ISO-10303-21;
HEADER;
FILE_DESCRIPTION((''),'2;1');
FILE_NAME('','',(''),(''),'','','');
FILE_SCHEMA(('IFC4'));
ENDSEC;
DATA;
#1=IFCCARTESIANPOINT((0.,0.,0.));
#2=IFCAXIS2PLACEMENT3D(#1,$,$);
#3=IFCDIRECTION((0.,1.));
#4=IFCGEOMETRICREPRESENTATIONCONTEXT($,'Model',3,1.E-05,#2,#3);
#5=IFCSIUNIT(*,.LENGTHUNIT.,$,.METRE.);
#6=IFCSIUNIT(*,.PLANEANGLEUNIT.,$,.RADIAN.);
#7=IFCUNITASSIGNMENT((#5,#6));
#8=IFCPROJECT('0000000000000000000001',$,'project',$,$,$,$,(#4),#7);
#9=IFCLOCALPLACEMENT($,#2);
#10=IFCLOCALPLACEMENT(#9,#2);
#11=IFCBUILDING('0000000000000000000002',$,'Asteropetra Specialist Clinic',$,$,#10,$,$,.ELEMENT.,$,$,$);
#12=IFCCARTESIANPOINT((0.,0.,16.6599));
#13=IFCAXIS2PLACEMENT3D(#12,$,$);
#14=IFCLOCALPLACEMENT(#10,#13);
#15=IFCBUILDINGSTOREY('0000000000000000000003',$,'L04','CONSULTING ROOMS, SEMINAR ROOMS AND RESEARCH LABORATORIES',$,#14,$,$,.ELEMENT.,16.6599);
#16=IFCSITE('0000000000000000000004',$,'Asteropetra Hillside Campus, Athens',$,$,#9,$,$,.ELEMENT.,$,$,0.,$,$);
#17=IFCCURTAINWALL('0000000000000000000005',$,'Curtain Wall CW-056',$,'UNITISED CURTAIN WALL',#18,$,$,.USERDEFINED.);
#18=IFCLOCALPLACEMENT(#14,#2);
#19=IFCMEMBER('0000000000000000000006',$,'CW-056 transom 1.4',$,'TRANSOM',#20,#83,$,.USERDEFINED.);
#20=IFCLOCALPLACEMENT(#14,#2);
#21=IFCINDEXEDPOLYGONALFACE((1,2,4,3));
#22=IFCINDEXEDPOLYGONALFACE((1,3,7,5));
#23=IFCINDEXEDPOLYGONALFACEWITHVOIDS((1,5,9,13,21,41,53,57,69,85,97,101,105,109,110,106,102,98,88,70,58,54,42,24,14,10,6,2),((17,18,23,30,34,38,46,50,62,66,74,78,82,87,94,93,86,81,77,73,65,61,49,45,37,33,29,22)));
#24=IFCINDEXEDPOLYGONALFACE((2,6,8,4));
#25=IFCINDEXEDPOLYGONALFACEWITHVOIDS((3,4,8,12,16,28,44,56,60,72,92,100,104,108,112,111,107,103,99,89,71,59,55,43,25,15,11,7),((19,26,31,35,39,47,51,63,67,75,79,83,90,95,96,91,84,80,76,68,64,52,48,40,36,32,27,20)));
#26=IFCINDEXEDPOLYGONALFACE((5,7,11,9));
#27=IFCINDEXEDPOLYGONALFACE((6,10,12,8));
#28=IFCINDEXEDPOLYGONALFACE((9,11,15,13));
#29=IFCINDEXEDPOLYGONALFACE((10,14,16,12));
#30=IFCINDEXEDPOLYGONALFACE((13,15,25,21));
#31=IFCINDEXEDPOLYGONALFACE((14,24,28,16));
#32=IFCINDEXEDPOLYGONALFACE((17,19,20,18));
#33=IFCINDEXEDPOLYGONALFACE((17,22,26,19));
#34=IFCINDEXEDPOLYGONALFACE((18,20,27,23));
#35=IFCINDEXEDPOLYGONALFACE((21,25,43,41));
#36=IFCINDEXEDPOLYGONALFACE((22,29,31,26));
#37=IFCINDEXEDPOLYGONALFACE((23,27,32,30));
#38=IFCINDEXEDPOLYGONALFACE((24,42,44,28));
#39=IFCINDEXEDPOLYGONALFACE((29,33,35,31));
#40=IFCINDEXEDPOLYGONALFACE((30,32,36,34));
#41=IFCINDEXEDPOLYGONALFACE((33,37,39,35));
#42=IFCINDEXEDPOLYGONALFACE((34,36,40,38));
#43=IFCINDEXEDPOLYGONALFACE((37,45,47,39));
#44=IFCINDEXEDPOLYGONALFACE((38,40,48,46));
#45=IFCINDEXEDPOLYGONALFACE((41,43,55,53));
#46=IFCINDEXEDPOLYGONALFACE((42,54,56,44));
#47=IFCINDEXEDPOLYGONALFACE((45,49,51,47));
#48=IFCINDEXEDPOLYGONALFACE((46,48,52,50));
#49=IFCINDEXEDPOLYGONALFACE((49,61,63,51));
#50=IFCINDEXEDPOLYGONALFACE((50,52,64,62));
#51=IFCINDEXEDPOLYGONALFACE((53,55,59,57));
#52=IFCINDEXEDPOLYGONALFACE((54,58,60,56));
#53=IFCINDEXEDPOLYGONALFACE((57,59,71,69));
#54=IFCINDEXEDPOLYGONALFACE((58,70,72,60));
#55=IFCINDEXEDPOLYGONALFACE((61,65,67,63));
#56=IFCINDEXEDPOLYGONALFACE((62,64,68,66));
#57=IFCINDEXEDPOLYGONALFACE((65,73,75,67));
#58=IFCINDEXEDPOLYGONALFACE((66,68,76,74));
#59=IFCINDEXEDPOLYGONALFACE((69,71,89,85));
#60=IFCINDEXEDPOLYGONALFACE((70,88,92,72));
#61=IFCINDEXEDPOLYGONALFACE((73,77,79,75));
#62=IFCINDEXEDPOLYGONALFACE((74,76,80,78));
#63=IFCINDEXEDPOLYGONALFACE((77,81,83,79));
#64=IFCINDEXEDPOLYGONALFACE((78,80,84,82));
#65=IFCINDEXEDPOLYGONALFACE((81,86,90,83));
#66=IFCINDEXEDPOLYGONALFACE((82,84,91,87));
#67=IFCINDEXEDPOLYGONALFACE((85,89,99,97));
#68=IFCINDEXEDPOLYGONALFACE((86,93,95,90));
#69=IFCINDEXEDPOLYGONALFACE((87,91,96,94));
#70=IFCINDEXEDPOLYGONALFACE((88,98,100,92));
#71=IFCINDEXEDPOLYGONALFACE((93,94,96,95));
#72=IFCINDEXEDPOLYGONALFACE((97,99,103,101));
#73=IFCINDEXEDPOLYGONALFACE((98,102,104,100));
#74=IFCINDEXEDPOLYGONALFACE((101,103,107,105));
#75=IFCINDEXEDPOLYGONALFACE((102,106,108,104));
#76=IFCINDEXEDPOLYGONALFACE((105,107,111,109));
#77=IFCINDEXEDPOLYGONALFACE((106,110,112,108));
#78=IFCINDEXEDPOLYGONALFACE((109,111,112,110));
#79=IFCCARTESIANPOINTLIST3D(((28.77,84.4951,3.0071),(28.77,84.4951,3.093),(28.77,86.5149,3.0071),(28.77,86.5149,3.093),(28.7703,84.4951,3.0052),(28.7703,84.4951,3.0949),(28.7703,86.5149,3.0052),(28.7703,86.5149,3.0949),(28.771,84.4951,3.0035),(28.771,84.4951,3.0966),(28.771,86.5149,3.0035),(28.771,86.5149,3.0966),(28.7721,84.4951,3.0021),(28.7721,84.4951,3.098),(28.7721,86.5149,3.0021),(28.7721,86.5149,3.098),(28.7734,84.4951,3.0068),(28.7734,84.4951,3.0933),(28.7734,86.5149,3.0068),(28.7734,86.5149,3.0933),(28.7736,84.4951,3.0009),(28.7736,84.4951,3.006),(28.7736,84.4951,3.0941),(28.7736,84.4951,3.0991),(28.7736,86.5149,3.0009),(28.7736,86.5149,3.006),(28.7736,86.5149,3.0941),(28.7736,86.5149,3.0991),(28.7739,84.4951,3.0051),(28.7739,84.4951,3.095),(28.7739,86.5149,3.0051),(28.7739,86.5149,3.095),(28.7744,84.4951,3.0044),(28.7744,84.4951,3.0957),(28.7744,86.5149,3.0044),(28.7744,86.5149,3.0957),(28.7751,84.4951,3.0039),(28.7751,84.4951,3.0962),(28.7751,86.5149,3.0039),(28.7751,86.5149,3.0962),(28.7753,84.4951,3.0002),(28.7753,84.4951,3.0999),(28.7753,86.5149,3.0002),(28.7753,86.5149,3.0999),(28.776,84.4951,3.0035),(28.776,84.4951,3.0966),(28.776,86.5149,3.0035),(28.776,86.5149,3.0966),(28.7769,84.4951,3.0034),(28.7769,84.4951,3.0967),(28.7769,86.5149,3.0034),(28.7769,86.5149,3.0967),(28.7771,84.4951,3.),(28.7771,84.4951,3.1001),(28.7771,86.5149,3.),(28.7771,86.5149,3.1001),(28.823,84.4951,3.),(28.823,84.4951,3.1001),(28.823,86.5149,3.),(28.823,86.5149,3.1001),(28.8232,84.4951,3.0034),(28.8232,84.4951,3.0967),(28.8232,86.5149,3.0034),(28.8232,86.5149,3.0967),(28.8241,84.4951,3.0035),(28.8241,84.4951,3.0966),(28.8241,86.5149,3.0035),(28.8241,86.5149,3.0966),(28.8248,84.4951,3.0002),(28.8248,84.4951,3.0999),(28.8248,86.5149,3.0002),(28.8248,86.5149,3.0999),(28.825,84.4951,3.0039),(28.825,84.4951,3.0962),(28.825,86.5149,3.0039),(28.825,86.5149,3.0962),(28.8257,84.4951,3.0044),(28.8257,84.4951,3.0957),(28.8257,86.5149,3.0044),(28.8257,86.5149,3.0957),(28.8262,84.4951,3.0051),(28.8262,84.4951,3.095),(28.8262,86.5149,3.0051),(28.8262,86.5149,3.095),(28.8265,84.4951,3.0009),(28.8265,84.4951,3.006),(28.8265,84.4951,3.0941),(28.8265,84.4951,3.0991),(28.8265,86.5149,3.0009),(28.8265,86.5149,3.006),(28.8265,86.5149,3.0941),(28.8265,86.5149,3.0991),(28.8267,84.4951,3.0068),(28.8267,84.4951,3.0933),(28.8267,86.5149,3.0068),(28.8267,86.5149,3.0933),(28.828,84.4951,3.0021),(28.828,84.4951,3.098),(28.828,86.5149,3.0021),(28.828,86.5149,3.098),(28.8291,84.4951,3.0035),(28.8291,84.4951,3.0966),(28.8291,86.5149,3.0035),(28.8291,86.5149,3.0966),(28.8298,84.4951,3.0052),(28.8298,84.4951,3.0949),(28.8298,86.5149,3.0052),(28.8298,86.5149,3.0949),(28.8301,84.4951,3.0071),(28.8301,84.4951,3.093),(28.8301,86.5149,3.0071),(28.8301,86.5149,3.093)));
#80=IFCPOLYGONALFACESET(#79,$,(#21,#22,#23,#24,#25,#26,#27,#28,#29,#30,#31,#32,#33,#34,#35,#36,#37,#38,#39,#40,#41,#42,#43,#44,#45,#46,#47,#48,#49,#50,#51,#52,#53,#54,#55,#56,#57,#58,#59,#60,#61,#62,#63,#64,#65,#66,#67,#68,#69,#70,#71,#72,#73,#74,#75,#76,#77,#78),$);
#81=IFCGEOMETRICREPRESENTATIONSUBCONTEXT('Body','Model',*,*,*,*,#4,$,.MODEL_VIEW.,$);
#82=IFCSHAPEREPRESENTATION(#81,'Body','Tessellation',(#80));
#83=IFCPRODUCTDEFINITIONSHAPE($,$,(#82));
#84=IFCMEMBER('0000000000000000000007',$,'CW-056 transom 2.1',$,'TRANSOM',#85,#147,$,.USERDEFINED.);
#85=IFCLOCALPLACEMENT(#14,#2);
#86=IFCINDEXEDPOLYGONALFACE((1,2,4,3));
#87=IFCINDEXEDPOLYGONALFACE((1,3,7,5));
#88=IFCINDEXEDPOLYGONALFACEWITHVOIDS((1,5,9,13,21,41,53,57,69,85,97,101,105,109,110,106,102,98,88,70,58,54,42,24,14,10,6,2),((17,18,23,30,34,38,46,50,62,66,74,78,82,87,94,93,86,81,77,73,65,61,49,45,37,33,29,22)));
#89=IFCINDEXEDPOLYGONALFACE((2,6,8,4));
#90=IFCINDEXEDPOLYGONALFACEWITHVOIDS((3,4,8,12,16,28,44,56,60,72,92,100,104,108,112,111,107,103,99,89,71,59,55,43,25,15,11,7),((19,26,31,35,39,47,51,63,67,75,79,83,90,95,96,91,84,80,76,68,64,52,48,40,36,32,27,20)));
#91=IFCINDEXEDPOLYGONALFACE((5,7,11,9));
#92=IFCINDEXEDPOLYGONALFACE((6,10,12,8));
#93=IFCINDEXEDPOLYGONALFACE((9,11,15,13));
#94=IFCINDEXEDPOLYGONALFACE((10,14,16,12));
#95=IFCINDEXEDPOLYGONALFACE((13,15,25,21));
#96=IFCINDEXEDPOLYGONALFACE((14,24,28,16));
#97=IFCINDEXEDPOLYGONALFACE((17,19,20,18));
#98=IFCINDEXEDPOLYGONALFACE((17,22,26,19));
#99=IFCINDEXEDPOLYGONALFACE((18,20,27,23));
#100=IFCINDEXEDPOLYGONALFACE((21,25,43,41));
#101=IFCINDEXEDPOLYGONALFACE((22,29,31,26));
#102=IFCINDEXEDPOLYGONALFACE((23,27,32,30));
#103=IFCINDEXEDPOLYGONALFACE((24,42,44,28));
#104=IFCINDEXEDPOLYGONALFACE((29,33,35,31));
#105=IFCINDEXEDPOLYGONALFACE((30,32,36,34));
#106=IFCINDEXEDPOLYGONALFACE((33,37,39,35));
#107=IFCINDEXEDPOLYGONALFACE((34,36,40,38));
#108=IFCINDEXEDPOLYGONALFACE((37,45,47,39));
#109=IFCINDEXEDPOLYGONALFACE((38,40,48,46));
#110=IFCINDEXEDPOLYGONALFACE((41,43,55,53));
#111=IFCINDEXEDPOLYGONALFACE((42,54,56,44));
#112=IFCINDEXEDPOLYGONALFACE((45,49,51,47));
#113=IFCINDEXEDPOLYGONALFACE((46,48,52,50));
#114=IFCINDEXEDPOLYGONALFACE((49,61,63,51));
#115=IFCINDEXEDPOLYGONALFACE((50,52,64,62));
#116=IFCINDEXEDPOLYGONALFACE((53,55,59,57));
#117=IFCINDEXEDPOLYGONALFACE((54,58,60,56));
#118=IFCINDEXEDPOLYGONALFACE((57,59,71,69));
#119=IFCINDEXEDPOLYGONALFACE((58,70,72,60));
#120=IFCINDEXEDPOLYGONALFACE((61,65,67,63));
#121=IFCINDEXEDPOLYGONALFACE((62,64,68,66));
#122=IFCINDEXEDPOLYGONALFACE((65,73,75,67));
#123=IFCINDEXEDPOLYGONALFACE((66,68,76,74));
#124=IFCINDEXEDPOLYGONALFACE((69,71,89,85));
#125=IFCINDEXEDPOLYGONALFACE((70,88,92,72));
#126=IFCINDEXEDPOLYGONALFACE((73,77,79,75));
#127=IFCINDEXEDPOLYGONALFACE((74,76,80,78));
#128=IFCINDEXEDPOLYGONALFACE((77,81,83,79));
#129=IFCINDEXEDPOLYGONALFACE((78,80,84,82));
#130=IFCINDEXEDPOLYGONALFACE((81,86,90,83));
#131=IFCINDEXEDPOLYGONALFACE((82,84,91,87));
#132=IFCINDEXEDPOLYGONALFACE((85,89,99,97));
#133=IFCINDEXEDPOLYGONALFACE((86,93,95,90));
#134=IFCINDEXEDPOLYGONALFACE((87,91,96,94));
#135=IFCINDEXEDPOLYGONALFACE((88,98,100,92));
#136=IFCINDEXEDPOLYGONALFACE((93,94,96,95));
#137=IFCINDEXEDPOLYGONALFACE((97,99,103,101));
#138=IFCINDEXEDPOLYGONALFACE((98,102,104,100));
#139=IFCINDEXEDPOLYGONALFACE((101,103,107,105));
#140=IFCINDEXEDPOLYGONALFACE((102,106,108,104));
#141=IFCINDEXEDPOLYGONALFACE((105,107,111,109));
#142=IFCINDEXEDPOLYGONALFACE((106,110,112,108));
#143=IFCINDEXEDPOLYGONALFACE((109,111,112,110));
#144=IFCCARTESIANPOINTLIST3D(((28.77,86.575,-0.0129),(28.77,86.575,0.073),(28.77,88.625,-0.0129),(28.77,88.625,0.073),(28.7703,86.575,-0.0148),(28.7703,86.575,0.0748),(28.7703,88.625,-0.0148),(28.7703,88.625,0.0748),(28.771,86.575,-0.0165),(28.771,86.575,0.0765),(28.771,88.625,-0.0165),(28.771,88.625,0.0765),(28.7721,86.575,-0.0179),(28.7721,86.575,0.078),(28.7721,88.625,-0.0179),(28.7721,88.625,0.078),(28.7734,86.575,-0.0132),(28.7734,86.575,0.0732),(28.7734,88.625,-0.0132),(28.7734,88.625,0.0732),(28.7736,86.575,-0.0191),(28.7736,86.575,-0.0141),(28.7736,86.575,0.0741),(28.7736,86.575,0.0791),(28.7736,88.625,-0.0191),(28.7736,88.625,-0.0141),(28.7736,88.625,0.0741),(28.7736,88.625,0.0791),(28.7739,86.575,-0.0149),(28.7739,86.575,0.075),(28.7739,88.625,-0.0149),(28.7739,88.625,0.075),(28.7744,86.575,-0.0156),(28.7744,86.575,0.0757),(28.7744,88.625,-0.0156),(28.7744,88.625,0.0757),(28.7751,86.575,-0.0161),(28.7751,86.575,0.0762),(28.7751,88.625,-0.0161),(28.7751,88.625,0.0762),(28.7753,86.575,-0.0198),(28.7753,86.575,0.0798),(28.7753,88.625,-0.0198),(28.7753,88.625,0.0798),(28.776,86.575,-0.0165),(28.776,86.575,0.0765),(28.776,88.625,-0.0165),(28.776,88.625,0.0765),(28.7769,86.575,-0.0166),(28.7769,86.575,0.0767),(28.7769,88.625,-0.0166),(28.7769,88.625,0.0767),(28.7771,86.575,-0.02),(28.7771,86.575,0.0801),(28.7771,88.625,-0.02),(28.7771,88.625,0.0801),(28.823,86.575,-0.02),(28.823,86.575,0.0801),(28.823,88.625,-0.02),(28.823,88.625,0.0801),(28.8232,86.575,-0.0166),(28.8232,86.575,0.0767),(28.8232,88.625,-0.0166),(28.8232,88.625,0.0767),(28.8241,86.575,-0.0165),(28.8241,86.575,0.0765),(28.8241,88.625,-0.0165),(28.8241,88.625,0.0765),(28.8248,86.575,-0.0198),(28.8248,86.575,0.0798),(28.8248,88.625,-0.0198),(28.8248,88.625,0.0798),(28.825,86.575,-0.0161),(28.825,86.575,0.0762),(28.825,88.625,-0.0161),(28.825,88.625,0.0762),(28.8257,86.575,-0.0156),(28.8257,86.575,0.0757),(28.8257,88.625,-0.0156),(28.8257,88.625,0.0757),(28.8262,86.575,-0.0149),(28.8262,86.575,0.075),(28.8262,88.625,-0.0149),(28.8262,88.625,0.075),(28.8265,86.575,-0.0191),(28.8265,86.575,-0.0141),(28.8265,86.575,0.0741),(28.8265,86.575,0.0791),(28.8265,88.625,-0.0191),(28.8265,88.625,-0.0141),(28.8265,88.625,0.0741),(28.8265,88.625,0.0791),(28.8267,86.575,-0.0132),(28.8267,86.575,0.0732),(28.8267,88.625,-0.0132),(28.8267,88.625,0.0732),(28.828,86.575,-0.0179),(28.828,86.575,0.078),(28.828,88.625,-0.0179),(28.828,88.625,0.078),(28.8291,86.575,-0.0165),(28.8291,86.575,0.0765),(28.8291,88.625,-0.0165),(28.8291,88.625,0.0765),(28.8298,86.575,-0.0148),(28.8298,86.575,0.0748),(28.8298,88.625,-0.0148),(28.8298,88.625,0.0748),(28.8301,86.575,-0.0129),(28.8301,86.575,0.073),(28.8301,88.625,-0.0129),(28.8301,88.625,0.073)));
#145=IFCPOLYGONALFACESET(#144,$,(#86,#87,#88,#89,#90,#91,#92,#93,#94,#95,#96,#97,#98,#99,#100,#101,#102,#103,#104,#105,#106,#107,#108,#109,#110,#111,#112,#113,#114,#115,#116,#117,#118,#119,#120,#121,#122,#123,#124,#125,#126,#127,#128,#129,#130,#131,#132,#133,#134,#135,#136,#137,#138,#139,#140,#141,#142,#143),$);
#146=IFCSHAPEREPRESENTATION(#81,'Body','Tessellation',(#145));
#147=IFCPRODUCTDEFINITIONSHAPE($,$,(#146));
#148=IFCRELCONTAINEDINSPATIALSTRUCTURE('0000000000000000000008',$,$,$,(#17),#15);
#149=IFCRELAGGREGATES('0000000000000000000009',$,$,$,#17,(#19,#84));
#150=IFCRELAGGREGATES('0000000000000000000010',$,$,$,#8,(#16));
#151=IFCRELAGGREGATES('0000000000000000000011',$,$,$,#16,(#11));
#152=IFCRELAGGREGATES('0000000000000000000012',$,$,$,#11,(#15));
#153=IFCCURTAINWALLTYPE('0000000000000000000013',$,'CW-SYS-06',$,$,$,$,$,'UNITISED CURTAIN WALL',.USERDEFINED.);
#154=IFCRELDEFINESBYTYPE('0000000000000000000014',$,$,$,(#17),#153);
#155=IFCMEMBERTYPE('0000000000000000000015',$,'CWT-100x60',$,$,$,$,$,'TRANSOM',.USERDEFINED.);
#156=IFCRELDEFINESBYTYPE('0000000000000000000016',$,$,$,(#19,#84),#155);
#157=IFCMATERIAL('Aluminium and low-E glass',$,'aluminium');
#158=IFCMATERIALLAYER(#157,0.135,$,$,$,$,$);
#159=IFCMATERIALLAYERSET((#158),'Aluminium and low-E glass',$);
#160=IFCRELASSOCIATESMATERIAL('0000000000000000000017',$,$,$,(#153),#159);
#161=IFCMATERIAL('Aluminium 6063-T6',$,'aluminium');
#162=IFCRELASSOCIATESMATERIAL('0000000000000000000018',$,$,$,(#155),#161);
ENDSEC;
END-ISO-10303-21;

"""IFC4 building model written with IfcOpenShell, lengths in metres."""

from ifc_helpers import new_model, si_unit, direction, frame, origin, origin_2d, place, context, subcontext, project, spatial, hollow_rectangle, extrude, material, layer, layer_set, material_profile, profile_set, type_object, element, aggregate, save


model = new_model("IFC4")

# Units and contexts
model_context = context("Model", 3, precision=1e-05, world=origin(), true_north=direction((0.0, 1.0)))
body_context = subcontext(model_context, "Body", "Model", "MODEL_VIEW")
ifc_project = project(units=[si_unit("LENGTHUNIT", "METRE"), si_unit("PLANEANGLEUNIT", "RADIAN")], contexts=[model_context])

# Site, building, storey
site_placement = place(None, origin())
site = spatial("IfcSite", under=ifc_project, at=site_placement, Name="Asteropetra Hillside Campus, Athens", CompositionType="ELEMENT", RefElevation=0.0)
building_placement = place(site_placement, origin())
building = spatial("IfcBuilding", under=site, at=building_placement, Name="Asteropetra Specialist Clinic", CompositionType="ELEMENT")
storey_placement = place(building_placement, frame((0.0, 0.0, 16.6599)))
storey = spatial("IfcBuildingStorey", under=building, at=storey_placement, Name="L04", Description="CONSULTING ROOMS, SEMINAR ROOMS AND RESEARCH LABORATORIES", CompositionType="ELEMENT", Elevation=16.6599)

# Curtain wall, members
ifc_material_1 = material(Name="Aluminium and low-E glass", Category="aluminium")
ifc_layer_1 = layer(ifc_material_1, 0.135)
ifc_layer_set_1 = layer_set([ifc_layer_1], Name="Aluminium and low-E glass")
curtain_wall_type = type_object("IfcCurtainWallType", Name="CW-SYS-06", ElementType="UNITISED CURTAIN WALL", PredefinedType="USERDEFINED", material=ifc_layer_set_1)
curtain_wall_placement = place(storey_placement, origin())
curtain_wall = element("IfcCurtainWall", 1, at=curtain_wall_placement, inside=storey, type_object=curtain_wall_type, Name="Curtain Wall CW-056", ObjectType="UNITISED CURTAIN WALL", PredefinedType="USERDEFINED")
ifc_material_2 = material(Name="Aluminium 6063-T6", Category="aluminium")
ifc_material_profile_1 = material_profile(ifc_material_2, hollow_rectangle(XDim=0.0601, YDim=0.1001, WallThickness=0.0034, InnerFilletRadius=0.0034, OuterFilletRadius=0.0071, at=origin_2d()), Name="TRN 100x60x3.5")
ifc_profile_set_1 = profile_set([ifc_material_profile_1], Name="Aluminium 6063-T6")
member_type_1 = type_object("IfcMemberType", Name="CWT-100x60", ElementType="TRANSOM", PredefinedType="USERDEFINED", material=ifc_profile_set_1)
member_1_placement = place(storey_placement, frame((28.8, 84.4951, 3.05), z_axis=(0.0, 1.0, 0.0), x_axis=(-1.0, 0.0, 0.0)))
member_1 = element("IfcMember", 2, at=member_1_placement, type_object=member_type_1, Name="CW-056 transom 1.4", ObjectType="TRANSOM", PredefinedType="USERDEFINED", context=body_context, shape_type="SweptSolid", body=[
    extrude(hollow_rectangle(XDim=0.0601, YDim=0.1001, WallThickness=0.0034, InnerFilletRadius=0.0034, OuterFilletRadius=0.0071, at=origin_2d()), origin(), (0.0, 0.0, 1.0), 2.0198),
])
member_2_placement = place(storey_placement, frame((28.8, 86.575, 0.03), z_axis=(0.0, 1.0, 0.0), x_axis=(-1.0, 0.0, 0.0)))
member_2 = element("IfcMember", 3, at=member_2_placement, type_object=member_type_1, Name="CW-056 transom 2.1", ObjectType="TRANSOM", PredefinedType="USERDEFINED", context=body_context, shape_type="SweptSolid", body=[
    extrude(hollow_rectangle(XDim=0.0601, YDim=0.1001, WallThickness=0.0034, InnerFilletRadius=0.0034, OuterFilletRadius=0.0071, at=origin_2d()), origin(), (0.0, 0.0, 1.0), 2.05),
])

aggregate(curtain_wall, [member_1, member_2])

save(model, "model.ifc")
